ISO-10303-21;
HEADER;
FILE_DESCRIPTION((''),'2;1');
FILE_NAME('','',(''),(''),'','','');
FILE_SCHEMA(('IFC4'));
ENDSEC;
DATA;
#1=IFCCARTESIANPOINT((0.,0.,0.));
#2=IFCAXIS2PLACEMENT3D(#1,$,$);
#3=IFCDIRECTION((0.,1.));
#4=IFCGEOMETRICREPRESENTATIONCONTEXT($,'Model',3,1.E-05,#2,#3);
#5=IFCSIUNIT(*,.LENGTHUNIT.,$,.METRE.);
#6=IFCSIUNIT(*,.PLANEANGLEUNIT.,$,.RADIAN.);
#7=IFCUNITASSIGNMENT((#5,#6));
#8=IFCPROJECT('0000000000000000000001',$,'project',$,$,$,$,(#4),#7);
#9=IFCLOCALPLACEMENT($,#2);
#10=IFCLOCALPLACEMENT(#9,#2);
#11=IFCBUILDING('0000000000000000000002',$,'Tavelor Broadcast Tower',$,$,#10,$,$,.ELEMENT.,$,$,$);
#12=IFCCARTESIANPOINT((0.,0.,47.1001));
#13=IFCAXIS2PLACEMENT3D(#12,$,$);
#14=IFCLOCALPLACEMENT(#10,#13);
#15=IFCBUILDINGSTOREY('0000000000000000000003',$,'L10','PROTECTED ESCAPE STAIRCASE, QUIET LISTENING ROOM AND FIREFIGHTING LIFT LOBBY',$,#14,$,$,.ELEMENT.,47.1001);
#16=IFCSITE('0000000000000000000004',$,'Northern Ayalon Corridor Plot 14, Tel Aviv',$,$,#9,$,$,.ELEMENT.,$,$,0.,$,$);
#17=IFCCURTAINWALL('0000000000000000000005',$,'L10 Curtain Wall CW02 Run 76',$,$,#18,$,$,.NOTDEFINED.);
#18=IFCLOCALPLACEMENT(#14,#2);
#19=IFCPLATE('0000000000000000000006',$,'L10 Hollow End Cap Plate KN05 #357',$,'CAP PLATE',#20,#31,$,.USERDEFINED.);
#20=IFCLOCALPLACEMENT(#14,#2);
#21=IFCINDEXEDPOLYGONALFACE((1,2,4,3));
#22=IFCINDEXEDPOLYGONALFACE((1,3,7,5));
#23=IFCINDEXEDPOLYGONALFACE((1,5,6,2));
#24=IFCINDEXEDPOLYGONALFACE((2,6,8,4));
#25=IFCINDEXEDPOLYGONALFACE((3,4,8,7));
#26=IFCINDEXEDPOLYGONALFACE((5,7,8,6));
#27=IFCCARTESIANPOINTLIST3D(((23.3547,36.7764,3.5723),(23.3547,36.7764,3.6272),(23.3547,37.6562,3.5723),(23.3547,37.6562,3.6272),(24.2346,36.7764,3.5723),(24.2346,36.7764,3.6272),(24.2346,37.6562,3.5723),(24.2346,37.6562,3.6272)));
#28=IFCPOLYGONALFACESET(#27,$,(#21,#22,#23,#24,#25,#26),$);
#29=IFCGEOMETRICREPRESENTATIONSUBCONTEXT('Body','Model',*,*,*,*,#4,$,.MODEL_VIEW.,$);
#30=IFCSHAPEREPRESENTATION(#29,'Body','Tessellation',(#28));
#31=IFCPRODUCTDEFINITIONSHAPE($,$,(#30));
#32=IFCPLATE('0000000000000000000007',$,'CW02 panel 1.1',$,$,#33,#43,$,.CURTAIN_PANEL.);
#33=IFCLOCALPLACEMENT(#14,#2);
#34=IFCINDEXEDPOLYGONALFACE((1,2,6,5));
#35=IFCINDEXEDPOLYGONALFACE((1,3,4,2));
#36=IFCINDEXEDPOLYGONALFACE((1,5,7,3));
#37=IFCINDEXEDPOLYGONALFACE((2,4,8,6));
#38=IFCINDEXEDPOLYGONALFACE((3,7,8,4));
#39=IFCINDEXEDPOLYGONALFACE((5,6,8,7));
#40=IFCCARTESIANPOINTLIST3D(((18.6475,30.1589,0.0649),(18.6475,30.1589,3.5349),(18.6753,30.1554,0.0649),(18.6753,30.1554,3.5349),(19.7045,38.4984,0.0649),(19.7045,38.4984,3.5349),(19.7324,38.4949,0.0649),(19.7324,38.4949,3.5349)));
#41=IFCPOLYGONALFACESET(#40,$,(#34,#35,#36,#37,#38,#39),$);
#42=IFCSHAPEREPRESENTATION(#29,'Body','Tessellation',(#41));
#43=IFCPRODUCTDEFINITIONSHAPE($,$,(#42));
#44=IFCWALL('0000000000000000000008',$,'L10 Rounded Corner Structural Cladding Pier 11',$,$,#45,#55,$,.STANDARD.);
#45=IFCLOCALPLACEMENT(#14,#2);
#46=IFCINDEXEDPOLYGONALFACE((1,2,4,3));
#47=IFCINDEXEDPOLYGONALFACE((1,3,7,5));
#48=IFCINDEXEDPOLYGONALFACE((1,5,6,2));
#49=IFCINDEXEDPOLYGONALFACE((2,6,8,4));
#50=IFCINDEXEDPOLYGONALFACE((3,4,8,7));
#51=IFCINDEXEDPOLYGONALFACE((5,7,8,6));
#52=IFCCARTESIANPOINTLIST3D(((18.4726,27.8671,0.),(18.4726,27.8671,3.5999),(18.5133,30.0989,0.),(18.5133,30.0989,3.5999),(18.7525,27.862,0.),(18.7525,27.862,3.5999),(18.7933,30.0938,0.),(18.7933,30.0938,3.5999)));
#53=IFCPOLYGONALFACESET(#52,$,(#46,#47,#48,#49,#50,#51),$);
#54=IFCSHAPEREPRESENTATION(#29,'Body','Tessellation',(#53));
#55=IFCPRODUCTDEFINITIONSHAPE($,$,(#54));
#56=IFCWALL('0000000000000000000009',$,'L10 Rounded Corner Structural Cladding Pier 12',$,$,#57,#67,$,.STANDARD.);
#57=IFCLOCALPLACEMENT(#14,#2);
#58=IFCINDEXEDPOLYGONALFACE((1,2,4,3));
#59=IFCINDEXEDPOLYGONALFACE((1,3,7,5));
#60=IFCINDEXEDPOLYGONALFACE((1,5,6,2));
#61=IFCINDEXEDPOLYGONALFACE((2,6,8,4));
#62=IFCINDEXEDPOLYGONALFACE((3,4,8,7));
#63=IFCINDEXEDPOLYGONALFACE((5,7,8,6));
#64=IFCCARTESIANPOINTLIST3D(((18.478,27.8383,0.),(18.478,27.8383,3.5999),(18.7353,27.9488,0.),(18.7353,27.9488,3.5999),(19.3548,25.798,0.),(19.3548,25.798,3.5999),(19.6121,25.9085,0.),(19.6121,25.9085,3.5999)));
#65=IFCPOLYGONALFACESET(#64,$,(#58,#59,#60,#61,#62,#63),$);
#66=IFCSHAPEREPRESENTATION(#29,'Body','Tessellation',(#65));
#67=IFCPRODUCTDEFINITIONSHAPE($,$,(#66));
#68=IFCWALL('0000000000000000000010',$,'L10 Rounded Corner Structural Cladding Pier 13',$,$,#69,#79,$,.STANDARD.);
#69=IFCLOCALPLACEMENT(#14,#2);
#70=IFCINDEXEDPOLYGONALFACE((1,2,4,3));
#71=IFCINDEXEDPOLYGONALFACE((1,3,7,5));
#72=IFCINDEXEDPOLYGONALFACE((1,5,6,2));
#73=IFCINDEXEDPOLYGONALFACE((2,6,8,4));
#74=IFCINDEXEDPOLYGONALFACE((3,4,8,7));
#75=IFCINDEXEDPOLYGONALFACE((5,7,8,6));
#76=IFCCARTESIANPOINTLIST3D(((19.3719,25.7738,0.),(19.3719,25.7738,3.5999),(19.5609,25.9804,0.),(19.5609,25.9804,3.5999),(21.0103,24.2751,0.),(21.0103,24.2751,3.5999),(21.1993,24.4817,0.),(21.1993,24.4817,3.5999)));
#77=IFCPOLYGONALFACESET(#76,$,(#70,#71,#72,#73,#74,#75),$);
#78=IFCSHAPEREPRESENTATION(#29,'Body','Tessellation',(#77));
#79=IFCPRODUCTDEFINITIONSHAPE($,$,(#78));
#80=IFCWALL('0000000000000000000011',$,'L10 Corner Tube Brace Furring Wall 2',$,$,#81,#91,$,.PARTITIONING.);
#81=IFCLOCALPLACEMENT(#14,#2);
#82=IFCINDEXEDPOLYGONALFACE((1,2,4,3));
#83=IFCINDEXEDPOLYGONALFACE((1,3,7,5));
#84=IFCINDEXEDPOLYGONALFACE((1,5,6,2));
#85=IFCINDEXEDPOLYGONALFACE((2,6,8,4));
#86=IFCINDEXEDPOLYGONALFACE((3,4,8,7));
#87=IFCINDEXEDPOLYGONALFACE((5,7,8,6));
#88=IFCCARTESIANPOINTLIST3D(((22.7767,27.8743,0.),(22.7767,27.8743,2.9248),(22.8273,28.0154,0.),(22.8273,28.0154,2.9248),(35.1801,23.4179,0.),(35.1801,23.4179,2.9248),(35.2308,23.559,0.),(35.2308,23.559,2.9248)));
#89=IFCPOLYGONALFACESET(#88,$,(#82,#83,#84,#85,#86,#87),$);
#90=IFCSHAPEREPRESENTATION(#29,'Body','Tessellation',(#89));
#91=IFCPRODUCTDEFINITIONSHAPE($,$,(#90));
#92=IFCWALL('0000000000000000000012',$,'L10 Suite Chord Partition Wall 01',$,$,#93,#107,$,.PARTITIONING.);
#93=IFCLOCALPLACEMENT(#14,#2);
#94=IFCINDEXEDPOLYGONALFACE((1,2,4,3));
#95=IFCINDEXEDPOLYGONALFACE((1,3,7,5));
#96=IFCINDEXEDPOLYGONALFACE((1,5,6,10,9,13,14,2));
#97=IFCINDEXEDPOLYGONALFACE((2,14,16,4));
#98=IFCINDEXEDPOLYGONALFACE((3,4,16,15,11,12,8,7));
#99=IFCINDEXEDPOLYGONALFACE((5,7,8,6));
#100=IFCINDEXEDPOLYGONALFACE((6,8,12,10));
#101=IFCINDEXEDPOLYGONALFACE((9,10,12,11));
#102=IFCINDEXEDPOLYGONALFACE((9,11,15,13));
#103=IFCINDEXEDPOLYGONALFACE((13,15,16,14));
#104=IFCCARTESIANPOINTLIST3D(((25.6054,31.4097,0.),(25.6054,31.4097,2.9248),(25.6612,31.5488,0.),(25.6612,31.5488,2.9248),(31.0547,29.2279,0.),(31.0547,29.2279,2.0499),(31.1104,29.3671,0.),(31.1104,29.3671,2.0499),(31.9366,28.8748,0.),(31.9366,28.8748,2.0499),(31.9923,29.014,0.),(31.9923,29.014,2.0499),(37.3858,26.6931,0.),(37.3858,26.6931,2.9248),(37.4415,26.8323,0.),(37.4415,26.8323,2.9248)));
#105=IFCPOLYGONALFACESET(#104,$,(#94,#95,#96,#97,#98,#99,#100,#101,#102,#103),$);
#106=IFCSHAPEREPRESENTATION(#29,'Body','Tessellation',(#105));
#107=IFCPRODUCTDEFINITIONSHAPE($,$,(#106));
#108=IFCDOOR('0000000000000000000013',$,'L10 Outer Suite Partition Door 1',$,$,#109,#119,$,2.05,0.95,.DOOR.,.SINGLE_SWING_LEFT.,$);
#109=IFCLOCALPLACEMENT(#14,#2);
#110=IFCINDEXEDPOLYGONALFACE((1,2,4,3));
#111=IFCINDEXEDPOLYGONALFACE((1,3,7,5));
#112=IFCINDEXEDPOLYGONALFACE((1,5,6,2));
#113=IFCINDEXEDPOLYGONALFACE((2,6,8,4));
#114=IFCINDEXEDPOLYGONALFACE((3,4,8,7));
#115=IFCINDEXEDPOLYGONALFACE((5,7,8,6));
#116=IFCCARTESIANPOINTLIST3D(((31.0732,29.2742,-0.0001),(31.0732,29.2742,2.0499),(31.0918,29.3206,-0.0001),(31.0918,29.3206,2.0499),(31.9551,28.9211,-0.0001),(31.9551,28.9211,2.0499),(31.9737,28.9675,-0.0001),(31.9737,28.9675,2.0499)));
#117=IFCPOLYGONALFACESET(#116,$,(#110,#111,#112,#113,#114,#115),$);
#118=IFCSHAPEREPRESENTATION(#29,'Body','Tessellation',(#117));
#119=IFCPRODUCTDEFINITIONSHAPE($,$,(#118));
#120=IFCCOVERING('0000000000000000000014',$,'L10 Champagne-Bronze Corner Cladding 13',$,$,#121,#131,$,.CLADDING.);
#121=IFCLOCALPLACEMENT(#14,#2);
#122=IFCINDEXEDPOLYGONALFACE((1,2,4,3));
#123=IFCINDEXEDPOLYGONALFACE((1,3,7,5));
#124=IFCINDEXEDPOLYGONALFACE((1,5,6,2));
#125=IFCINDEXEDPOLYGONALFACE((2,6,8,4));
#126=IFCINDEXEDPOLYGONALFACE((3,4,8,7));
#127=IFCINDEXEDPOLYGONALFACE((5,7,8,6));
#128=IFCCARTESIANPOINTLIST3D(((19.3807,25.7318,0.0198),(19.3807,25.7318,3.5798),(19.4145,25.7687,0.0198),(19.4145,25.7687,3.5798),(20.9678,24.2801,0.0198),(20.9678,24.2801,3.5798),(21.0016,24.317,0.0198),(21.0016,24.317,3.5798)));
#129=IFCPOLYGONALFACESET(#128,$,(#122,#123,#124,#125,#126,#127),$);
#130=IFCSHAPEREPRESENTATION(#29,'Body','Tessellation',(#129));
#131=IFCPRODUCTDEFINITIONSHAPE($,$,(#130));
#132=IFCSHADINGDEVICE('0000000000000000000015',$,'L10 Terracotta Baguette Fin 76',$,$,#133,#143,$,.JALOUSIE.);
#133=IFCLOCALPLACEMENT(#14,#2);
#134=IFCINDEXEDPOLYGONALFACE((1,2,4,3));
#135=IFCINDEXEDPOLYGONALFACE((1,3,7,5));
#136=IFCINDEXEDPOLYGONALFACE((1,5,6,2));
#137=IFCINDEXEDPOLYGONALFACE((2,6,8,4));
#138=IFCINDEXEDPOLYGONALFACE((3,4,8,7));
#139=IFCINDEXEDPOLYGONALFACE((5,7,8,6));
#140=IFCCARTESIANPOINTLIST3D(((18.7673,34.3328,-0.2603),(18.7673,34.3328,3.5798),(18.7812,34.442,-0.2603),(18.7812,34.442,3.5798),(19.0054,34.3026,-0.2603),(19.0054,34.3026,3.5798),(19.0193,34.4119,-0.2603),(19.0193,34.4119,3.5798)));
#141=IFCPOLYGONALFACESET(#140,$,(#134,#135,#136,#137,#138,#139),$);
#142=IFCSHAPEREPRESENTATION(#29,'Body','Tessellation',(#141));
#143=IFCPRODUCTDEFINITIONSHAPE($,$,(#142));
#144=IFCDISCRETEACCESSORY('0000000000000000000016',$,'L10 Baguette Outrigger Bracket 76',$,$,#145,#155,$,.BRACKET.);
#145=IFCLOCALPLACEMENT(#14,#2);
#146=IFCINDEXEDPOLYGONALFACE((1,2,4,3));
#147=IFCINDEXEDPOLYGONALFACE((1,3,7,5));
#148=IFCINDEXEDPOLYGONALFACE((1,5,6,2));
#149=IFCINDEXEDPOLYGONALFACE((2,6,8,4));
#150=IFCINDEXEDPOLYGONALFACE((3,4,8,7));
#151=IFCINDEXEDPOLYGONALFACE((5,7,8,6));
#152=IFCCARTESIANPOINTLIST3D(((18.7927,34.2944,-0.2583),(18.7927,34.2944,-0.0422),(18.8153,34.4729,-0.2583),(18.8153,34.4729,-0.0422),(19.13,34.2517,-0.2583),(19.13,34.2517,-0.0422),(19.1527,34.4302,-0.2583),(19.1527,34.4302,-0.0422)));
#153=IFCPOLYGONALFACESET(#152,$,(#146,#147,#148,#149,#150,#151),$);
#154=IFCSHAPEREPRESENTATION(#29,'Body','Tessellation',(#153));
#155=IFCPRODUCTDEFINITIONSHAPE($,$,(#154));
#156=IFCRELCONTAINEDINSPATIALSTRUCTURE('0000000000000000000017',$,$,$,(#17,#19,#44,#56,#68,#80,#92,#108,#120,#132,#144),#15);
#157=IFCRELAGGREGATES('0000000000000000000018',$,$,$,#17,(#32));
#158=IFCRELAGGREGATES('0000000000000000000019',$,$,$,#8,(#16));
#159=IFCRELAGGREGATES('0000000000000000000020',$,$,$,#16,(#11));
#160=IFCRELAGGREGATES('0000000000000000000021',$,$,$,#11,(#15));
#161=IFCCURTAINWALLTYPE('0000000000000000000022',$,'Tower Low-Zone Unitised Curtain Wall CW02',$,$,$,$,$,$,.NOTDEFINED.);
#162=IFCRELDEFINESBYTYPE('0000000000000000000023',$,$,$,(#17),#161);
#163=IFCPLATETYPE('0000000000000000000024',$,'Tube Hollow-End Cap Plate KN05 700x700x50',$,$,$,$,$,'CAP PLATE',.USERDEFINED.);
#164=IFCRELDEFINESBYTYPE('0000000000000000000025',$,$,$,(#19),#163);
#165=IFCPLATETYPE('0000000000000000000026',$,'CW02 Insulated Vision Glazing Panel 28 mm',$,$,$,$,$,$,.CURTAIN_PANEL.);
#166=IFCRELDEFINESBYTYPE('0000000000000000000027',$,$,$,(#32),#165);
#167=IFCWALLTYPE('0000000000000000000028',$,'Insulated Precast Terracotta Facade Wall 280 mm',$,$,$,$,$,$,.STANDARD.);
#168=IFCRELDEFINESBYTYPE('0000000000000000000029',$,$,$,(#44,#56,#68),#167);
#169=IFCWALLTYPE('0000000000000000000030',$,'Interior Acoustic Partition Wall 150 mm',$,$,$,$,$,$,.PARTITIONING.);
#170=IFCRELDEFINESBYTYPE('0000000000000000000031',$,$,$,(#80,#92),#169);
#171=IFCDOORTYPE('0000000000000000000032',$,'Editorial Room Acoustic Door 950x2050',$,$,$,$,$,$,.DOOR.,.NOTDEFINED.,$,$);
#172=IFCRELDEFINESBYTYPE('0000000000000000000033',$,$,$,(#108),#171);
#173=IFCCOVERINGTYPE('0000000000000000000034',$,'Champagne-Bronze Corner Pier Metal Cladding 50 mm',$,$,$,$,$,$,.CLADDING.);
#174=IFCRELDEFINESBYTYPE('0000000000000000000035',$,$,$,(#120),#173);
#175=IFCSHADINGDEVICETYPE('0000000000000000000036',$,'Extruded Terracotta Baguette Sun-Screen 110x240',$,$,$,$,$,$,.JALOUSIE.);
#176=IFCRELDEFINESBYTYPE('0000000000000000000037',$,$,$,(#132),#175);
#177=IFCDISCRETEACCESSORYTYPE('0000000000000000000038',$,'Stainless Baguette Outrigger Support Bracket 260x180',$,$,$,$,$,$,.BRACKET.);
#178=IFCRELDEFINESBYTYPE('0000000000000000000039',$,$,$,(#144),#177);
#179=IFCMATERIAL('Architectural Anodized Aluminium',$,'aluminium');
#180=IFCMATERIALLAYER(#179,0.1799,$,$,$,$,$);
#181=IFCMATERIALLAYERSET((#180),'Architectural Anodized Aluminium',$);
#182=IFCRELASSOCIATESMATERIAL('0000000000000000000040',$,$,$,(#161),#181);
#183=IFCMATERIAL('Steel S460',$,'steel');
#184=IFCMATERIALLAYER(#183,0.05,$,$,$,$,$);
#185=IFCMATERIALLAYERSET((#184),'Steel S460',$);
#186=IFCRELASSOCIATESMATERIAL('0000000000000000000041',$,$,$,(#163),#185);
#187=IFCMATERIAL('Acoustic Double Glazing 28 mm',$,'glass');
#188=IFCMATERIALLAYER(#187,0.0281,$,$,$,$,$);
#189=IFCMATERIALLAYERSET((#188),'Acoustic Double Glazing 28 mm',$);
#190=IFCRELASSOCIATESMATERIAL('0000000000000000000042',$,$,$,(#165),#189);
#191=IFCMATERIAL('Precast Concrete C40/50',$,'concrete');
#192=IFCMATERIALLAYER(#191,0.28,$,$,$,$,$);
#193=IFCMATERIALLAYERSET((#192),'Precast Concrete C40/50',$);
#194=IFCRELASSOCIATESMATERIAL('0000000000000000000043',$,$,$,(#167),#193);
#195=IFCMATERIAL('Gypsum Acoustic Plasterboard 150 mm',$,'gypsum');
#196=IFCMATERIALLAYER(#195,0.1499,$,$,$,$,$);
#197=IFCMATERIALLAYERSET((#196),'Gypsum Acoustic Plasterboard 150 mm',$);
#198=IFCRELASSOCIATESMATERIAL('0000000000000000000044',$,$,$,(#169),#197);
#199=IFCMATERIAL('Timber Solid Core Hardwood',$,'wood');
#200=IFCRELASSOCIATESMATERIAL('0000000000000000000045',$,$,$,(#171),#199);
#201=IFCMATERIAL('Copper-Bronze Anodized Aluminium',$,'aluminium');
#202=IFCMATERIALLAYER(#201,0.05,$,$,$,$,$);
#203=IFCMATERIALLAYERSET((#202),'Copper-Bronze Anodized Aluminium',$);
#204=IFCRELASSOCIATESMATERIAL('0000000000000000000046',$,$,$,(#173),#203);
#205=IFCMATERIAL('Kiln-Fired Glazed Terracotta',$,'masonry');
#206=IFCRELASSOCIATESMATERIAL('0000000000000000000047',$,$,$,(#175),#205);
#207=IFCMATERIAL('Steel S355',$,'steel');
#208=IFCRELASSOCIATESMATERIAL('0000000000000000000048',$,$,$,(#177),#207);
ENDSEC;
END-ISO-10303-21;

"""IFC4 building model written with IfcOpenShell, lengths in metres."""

from ifc_helpers import new_model, si_unit, direction, frame, frame_2d, origin, origin_2d, place, context, subcontext, project, spatial, rectangle, extrude, source, transform, mapped, material, layer, layer_set, type_object, type_shapes, element, fill, aggregate, save


model = new_model("IFC4")

# Units and contexts
model_context = context("Model", 3, precision=1e-05, world=origin(), true_north=direction((0.0, 1.0)))
body_context = subcontext(model_context, "Body", "Model", "MODEL_VIEW")
ifc_project = project(units=[si_unit("LENGTHUNIT", "METRE"), si_unit("PLANEANGLEUNIT", "RADIAN")], contexts=[model_context])

# Site, building, storey
site_placement = place(None, origin())
site = spatial("IfcSite", under=ifc_project, at=site_placement, Name="Northern Ayalon Corridor Plot 14, Tel Aviv", CompositionType="ELEMENT", RefElevation=0.0)
building_placement = place(site_placement, origin())
building = spatial("IfcBuilding", under=site, at=building_placement, Name="Tavelor Broadcast Tower", CompositionType="ELEMENT")
storey_placement = place(building_placement, frame((0.0, 0.0, 47.1001)))
storey = spatial("IfcBuildingStorey", under=building, at=storey_placement, Name="L10", Description="PROTECTED ESCAPE STAIRCASE, QUIET LISTENING ROOM AND FIREFIGHTING LIFT LOBBY", CompositionType="ELEMENT", Elevation=47.1001)

# Shared definitions
ifc_material_1 = material(Name="Steel S460", Category="steel")

# Shared definitions
ifc_material_2 = material(Name="Steel S355", Category="steel")

# Shared definitions
ifc_material_3 = material(Name="Architectural Anodized Aluminium", Category="aluminium")
ifc_layer_1 = layer(ifc_material_3, 0.1799)
ifc_layer_set_1 = layer_set([ifc_layer_1], Name="Architectural Anodized Aluminium")
curtain_wall_type = type_object("IfcCurtainWallType", Name="Tower Low-Zone Unitised Curtain Wall CW02", PredefinedType="NOTDEFINED", material=ifc_layer_set_1)

# Curtain wall
curtain_wall_1_placement = place(storey_placement, origin())
curtain_wall_1 = element("IfcCurtainWall", 1, at=curtain_wall_1_placement, inside=storey, type_object=curtain_wall_type, Name="L10 Curtain Wall CW02 Run 76", PredefinedType="NOTDEFINED")

# Plate
ifc_layer_2 = layer(ifc_material_1, 0.05)
ifc_layer_set_2 = layer_set([ifc_layer_2], Name="Steel S460")
plate_type_1 = type_object("IfcPlateType", Name="Tube Hollow-End Cap Plate KN05 700x700x50", ElementType="CAP PLATE", PredefinedType="USERDEFINED", material=ifc_layer_set_2)
shared_shape_1 = source(origin(), body_context, "Body", "SweptSolid", [
    extrude(rectangle(XDim=0.8799, YDim=0.8799, at=origin_2d()), origin(), (0.0, 0.0, 1.0), 0.0549),
])
for number, where, z_axis, x_axis, name in (
    (2, (23.7947, 37.2163, 3.5723), (0.0, 0.0, 1.0), (1.0, 0.0, 0.0), "L10 Hollow End Cap Plate KN05 #357"),
):
    element("IfcPlate", number, at=place(storey_placement, frame(where, z_axis=z_axis, x_axis=x_axis)), inside=storey, type_object=plate_type_1, Name=name, ObjectType="CAP PLATE", PredefinedType="USERDEFINED", context=body_context, shape_type="MappedRepresentation", body=[
        mapped(shared_shape_1, transform((0.0, 0.0, 0.0), scale=1.0)),
    ])

# Plate
ifc_material_4 = material(Name="Acoustic Double Glazing 28 mm", Category="glass")
ifc_layer_3 = layer(ifc_material_4, 0.0281)
ifc_layer_set_3 = layer_set([ifc_layer_3], Name="Acoustic Double Glazing 28 mm")
plate_type_2 = type_object("IfcPlateType", Name="CW02 Insulated Vision Glazing Panel 28 mm", PredefinedType="CURTAIN_PANEL", material=ifc_layer_set_3)
shared_shape_2 = source(origin(), body_context, "Body", "SweptSolid", [
    extrude(rectangle(XDim=8.4062, YDim=0.0281, at=origin_2d()), origin(), (0.0, 0.0, 1.0), 3.47),
])
type_shapes(plate_type_2, [shared_shape_2])
plate_placement = place(storey_placement, frame((19.1899, 34.3269, 0.0649), z_axis=(0.0, 0.0, 1.0), x_axis=(-0.125745, -0.992063, 0.0)))
plate = element("IfcPlate", 3, at=plate_placement, type_object=plate_type_2, Name="CW02 panel 1.1", PredefinedType="CURTAIN_PANEL", context=body_context, shape_type="MappedRepresentation", body=[
    mapped(shared_shape_2, transform((0.0, 0.0, 0.0), scale=1.0)),
])
aggregate(curtain_wall_1, [plate])

# Walls
ifc_material_5 = material(Name="Precast Concrete C40/50", Category="concrete")
ifc_layer_4 = layer(ifc_material_5, 0.28)
ifc_layer_set_4 = layer_set([ifc_layer_4], Name="Precast Concrete C40/50")
wall_type_1 = type_object("IfcWallType", Name="Insulated Precast Terracotta Facade Wall 280 mm", PredefinedType="STANDARD", material=ifc_layer_set_4)
wall_1_placement = place(storey_placement, frame((18.6533, 30.0964, 0.0), z_axis=(0.0, 0.0, 1.0), x_axis=(-0.018266, -0.999833, 0.0)))
element("IfcWall", 4, at=wall_1_placement, inside=storey, type_object=wall_type_1, Name="L10 Rounded Corner Structural Cladding Pier 11", PredefinedType="STANDARD", context=body_context, shape_type="SweptSolid", body=[
    extrude(rectangle(XDim=2.2322, YDim=0.28, at=frame_2d((1.1162, 0.0))), origin(), (0.0, 0.0, 1.0), 3.5999),
])
wall_2_placement = place(storey_placement, frame((18.6067, 27.8936, 0.0), z_axis=(0.0, 0.0, 1.0), x_axis=(0.394795, -0.918769, 0.0)))
element("IfcWall", 5, at=wall_2_placement, inside=storey, type_object=wall_type_1, Name="L10 Rounded Corner Structural Cladding Pier 12", PredefinedType="STANDARD", context=body_context, shape_type="SweptSolid", body=[
    extrude(rectangle(XDim=2.2207, YDim=0.28, at=frame_2d((1.1104, 0.0))), origin(), (0.0, 0.0, 1.0), 3.5999),
])
wall_3_placement = place(storey_placement, frame((19.4663, 25.8772, 0.0), z_axis=(0.0, 0.0, 1.0), x_axis=(0.737852, -0.674963, 0.0)))
element("IfcWall", 6, at=wall_3_placement, inside=storey, type_object=wall_type_1, Name="L10 Rounded Corner Structural Cladding Pier 13", PredefinedType="STANDARD", context=body_context, shape_type="SweptSolid", body=[
    extrude(rectangle(XDim=2.2205, YDim=0.28, at=frame_2d((1.1104, 0.0))), origin(), (0.0, 0.0, 1.0), 3.5999),
])
ifc_material_6 = material(Name="Gypsum Acoustic Plasterboard 150 mm", Category="gypsum")
ifc_layer_5 = layer(ifc_material_6, 0.1499)
ifc_layer_set_5 = layer_set([ifc_layer_5], Name="Gypsum Acoustic Plasterboard 150 mm")
wall_type_2 = type_object("IfcWallType", Name="Interior Acoustic Partition Wall 150 mm", PredefinedType="PARTITIONING", material=ifc_layer_set_5)
wall_4_placement = place(storey_placement, frame((22.802, 27.9448, 0.0), z_axis=(0.0, 0.0, 1.0), x_axis=(0.941102, -0.338122, 0.0)))
element("IfcWall", 7, at=wall_4_placement, inside=storey, type_object=wall_type_2, Name="L10 Corner Tube Brace Furring Wall 2", PredefinedType="PARTITIONING", context=body_context, shape_type="SweptSolid", body=[
    extrude(rectangle(XDim=13.1797, YDim=0.1499, at=frame_2d((6.5898, 0.0))), origin(), (0.0, 0.0, 1.0), 2.9248),
])

# Wall, opening, door
wall_5_placement = place(storey_placement, frame((25.6333, 31.4792, 0.0), z_axis=(0.0, 0.0, 1.0), x_axis=(0.928356, -0.371693, 0.0)))
wall_5 = element("IfcWall", 8, at=wall_5_placement, inside=storey, type_object=wall_type_2, Name="L10 Suite Chord Partition Wall 01", PredefinedType="PARTITIONING", context=body_context, shape_type="SweptSolid", body=[
    extrude(rectangle(XDim=12.6895, YDim=0.1499, at=frame_2d((6.3447, 0.0))), origin(), (0.0, 0.0, 1.0), 2.9248),
])
opening_placement = place(wall_5_placement, frame((5.8696, 0.0, 0.0)))
opening = element("IfcOpeningElement", 9, at=opening_placement, cuts=wall_5, PredefinedType="OPENING", context=body_context, shape_type="SweptSolid", body=[
    extrude(rectangle(XDim=0.95, YDim=2.05, at=frame_2d((0.4751, 1.0249))), frame((0.0, 0.085, 0.0), z_axis=(0.0, -1.0, 0.0), x_axis=(1.0, 0.0, 0.0)), (0.0, 0.0, 1.0), 0.1699),
])
ifc_material_7 = material(Name="Timber Solid Core Hardwood", Category="wood")
door_type = type_object("IfcDoorType", Name="Editorial Room Acoustic Door 950x2050", OperationType="NOTDEFINED", PredefinedType="DOOR", material=ifc_material_7)
door_placement = place(opening_placement, origin())
door = element("IfcDoor", 10, at=door_placement, inside=storey, type_object=door_type, Name="L10 Outer Suite Partition Door 1", OperationType="SINGLE_SWING_LEFT", OverallHeight=2.05, OverallWidth=0.95, PredefinedType="DOOR", context=body_context, shape_type="SweptSolid", body=[
    extrude(rectangle(XDim=0.95, YDim=2.05, at=frame_2d((0.4751, 1.0249))), frame((0.0, 0.0249, 0.0), z_axis=(0.0, -1.0, 0.0), x_axis=(1.0, 0.0, 0.0)), (0.0, 0.0, 1.0), 0.05),
])
fill(opening, door)

# Covering
ifc_material_8 = material(Name="Copper-Bronze Anodized Aluminium", Category="aluminium")
ifc_layer_6 = layer(ifc_material_8, 0.05)
ifc_layer_set_6 = layer_set([ifc_layer_6], Name="Copper-Bronze Anodized Aluminium")
covering_type = type_object("IfcCoveringType", Name="Champagne-Bronze Corner Pier Metal Cladding 50 mm", PredefinedType="CLADDING", material=ifc_layer_set_6)
covering_placement = place(storey_placement, frame((20.1912, 25.0244, 0.0198), z_axis=(0.0, 0.0, 1.0), x_axis=(0.737867, -0.674947, 0.0)))
element("IfcCovering", 11, at=covering_placement, inside=storey, type_object=covering_type, Name="L10 Champagne-Bronze Corner Cladding 13", PredefinedType="CLADDING", context=body_context, shape_type="SweptSolid", body=[
    extrude(rectangle(XDim=2.1509, YDim=0.05, at=origin_2d()), origin(), (0.0, 0.0, 1.0), 3.5601),
])

# Shading device
ifc_material_9 = material(Name="Kiln-Fired Glazed Terracotta", Category="masonry")
shading_device_type = type_object("IfcShadingDeviceType", Name="Extruded Terracotta Baguette Sun-Screen 110x240", PredefinedType="JALOUSIE", material=ifc_material_9)
shared_shape_3 = source(origin(), body_context, "Body", "SweptSolid", [
    extrude(rectangle(XDim=0.1101, YDim=0.24, at=origin_2d()), origin(), (0.0, 0.0, 1.0), 3.8401),
])
type_shapes(shading_device_type, [shared_shape_3])
shading_device_placement = place(storey_placement, frame((18.8933, 34.3723, -0.2603), z_axis=(0.0, 0.0, 1.0), x_axis=(-0.12568, -0.992071, 0.0)))
element("IfcShadingDevice", 12, at=shading_device_placement, inside=storey, type_object=shading_device_type, Name="L10 Terracotta Baguette Fin 76", PredefinedType="JALOUSIE", context=body_context, shape_type="MappedRepresentation", body=[
    mapped(shared_shape_3, transform((0.0, 0.0, 0.0), scale=1.0)),
])

# Discrete accessory
discrete_accessory_type = type_object("IfcDiscreteAccessoryType", Name="Stainless Baguette Outrigger Support Bracket 260x180", PredefinedType="BRACKET", material=ifc_material_2)
shared_shape_4 = source(origin(), body_context, "Body", "SweptSolid", [
    extrude(rectangle(XDim=0.1799, YDim=0.3401, at=origin_2d()), origin(), (0.0, 0.0, 1.0), 0.2161),
])
type_shapes(discrete_accessory_type, [shared_shape_4])
discrete_accessory_placement = place(storey_placement, frame((18.9727, 34.3623, -0.2583), z_axis=(0.0, 0.0, 1.0), x_axis=(-0.12568, -0.992071, 0.0)))
element("IfcDiscreteAccessory", 13, at=discrete_accessory_placement, inside=storey, type_object=discrete_accessory_type, Name="L10 Baguette Outrigger Bracket 76", PredefinedType="BRACKET", context=body_context, shape_type="MappedRepresentation", body=[
    mapped(shared_shape_4, transform((0.0, 0.0, 0.0), scale=1.0)),
])

save(model, "model.ifc")
